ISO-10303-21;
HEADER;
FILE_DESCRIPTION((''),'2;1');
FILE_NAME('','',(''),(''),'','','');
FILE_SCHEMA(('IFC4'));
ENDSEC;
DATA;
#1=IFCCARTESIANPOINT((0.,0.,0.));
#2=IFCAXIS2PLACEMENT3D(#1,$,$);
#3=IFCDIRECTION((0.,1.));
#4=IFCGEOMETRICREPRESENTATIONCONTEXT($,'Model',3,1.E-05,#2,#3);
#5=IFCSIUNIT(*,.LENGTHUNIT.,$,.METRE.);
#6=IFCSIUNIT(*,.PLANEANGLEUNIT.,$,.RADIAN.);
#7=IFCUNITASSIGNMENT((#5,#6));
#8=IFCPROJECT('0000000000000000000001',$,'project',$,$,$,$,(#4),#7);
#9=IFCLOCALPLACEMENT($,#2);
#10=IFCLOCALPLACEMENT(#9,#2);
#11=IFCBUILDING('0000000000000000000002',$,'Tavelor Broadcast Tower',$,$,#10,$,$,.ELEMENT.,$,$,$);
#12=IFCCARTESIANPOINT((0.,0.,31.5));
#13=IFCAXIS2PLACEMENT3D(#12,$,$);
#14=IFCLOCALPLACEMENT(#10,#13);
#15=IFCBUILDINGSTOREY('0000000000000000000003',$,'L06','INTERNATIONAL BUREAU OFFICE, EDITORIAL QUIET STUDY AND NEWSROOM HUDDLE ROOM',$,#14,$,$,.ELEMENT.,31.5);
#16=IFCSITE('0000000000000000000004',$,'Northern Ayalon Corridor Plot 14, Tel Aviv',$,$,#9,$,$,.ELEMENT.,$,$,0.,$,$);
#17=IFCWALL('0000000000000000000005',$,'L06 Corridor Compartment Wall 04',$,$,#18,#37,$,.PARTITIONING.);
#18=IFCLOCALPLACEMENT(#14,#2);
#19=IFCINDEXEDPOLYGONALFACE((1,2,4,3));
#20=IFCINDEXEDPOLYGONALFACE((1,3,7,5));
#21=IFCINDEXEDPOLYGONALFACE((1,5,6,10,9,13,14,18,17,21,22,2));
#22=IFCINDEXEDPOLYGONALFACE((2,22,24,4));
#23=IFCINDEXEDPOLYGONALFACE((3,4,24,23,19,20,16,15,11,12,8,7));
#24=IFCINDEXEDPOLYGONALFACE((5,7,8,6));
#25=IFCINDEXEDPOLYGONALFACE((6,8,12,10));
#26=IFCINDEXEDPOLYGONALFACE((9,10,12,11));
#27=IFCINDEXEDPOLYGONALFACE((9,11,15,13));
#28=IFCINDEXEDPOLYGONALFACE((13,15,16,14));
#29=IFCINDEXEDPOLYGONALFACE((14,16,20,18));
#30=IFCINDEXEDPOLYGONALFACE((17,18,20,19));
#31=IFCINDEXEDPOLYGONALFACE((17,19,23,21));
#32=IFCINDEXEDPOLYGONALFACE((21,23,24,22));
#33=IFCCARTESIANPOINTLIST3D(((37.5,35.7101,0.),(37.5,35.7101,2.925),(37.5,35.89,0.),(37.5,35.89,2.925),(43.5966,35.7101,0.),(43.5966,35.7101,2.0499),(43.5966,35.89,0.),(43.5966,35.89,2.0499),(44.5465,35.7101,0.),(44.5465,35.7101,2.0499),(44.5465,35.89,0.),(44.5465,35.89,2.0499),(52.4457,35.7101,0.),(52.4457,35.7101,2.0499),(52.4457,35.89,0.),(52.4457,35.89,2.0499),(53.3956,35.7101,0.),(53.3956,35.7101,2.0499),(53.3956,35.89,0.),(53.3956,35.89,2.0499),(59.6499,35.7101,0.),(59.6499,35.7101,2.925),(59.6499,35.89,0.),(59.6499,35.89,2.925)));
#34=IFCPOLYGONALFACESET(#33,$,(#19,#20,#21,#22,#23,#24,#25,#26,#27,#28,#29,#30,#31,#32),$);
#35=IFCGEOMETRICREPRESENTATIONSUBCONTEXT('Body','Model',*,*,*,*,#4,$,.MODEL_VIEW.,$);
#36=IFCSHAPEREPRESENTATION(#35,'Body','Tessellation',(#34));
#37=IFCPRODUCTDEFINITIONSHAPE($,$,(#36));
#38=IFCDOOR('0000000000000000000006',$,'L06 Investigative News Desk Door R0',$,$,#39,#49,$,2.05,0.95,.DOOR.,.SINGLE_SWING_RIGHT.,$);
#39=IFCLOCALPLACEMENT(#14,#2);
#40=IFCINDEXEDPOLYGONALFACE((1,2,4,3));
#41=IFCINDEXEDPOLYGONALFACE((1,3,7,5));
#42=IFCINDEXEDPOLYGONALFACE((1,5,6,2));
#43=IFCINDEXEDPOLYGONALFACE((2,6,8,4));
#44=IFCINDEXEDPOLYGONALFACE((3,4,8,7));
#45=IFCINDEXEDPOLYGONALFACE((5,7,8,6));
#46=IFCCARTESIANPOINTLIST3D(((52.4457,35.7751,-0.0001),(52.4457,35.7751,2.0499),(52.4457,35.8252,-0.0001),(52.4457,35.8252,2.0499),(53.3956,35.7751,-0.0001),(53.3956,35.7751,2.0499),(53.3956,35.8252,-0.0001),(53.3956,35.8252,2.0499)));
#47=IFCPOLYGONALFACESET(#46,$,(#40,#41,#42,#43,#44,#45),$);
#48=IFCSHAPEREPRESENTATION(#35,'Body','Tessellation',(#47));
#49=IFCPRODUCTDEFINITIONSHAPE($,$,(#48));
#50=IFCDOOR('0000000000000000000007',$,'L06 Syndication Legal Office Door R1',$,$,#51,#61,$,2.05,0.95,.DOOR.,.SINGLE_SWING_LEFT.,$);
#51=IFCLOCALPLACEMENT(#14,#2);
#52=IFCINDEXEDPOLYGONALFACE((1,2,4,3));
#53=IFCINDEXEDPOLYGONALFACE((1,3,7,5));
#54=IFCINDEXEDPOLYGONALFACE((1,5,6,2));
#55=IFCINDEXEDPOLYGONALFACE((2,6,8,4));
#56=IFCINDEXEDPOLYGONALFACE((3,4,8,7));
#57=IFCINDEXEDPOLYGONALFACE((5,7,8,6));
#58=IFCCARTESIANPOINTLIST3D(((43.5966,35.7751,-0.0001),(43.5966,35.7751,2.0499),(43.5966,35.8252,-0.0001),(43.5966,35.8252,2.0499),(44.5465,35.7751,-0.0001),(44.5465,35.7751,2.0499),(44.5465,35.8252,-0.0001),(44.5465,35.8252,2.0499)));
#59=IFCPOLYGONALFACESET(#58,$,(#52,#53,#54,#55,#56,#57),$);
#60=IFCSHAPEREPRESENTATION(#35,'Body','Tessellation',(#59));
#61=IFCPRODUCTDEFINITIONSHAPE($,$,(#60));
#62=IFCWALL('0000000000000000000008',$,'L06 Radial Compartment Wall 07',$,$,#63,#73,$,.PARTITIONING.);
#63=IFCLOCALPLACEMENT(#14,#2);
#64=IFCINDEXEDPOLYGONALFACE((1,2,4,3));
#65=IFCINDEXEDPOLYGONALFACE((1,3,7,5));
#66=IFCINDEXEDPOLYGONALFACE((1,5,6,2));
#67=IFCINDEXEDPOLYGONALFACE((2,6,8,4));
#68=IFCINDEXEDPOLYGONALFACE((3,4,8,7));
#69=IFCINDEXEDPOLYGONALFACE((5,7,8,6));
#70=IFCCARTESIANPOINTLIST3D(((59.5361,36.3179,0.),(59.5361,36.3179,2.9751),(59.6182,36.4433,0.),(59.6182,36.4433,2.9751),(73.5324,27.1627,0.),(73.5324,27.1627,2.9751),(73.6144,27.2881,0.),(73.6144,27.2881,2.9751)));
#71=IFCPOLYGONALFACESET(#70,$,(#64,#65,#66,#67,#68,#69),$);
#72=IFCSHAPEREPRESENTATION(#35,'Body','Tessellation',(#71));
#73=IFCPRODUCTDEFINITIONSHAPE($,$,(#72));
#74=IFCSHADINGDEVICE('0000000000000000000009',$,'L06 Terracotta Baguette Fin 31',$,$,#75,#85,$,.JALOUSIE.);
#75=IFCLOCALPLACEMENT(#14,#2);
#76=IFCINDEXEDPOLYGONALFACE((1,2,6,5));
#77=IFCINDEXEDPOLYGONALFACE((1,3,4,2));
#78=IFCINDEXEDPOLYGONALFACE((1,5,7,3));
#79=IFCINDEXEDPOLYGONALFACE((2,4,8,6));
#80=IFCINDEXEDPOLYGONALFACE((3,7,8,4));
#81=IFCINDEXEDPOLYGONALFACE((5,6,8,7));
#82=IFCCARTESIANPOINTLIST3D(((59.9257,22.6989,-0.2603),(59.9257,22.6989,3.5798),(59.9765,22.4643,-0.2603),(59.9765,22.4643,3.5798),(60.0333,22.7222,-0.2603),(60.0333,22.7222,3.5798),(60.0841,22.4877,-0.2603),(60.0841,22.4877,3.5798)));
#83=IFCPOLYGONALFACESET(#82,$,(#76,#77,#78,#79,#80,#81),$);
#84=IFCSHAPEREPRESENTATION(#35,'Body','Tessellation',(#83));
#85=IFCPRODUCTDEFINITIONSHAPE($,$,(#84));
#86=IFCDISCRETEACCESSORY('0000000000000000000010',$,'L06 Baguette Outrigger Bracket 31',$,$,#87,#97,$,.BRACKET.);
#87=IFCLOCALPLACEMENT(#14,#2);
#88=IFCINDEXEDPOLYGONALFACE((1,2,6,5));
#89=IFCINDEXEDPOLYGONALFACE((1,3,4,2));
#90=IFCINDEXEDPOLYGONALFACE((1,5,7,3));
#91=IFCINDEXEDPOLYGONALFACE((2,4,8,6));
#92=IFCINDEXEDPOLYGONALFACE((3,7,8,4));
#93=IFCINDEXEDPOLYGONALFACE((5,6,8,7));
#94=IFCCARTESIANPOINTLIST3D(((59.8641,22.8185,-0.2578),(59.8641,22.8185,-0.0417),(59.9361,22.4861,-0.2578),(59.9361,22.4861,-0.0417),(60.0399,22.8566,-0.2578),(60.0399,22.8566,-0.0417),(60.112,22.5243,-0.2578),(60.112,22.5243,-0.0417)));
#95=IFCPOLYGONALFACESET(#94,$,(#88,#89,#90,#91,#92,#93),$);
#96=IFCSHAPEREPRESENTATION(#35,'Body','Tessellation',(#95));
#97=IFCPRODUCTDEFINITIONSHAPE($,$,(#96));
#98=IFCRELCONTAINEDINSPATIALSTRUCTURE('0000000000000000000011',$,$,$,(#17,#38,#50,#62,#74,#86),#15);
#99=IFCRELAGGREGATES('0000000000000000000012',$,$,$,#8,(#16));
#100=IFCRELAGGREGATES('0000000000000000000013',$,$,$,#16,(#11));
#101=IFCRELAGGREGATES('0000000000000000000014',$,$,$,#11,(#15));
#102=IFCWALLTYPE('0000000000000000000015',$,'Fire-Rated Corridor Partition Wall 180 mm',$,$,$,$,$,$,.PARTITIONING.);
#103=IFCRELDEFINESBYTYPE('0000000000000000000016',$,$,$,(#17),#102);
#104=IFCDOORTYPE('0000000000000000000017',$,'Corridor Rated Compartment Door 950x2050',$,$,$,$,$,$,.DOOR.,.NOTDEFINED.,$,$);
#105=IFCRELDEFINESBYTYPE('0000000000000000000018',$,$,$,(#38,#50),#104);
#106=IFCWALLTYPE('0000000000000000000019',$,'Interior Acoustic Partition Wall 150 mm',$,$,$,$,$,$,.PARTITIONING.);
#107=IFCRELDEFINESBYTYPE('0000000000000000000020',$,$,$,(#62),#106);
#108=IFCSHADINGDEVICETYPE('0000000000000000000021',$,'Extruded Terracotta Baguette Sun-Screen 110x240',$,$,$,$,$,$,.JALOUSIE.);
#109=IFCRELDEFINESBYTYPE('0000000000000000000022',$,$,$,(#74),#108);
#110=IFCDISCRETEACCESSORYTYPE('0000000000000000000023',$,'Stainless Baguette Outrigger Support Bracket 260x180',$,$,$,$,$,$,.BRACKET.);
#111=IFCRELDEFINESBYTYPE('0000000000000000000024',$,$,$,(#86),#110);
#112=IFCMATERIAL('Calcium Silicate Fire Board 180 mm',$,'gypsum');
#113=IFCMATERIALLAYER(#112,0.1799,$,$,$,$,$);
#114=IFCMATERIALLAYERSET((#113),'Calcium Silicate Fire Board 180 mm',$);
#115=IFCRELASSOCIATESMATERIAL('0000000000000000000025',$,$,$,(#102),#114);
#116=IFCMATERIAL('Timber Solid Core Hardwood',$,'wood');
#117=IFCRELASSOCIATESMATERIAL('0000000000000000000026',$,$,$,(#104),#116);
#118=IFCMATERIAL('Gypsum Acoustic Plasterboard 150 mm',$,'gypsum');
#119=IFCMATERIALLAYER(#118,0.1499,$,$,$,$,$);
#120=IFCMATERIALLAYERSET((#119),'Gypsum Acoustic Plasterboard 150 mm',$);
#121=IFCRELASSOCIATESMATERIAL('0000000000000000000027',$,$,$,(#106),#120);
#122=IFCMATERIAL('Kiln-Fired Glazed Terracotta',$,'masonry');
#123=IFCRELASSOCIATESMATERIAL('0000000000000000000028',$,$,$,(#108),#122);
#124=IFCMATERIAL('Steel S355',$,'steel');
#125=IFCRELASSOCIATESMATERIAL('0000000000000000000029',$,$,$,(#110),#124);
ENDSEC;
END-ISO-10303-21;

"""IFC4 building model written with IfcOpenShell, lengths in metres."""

from ifc_helpers import new_model, si_unit, direction, frame, frame_2d, origin, origin_2d, place, context, subcontext, project, spatial, rectangle, extrude, source, transform, mapped, material, layer, layer_set, type_object, type_shapes, element, fill, save


model = new_model("IFC4")

# Units and contexts
model_context = context("Model", 3, precision=1e-05, world=origin(), true_north=direction((0.0, 1.0)))
body_context = subcontext(model_context, "Body", "Model", "MODEL_VIEW")
ifc_project = project(units=[si_unit("LENGTHUNIT", "METRE"), si_unit("PLANEANGLEUNIT", "RADIAN")], contexts=[model_context])

# Site, building, storey
site_placement = place(None, origin())
site = spatial("IfcSite", under=ifc_project, at=site_placement, Name="Northern Ayalon Corridor Plot 14, Tel Aviv", CompositionType="ELEMENT", RefElevation=0.0)
building_placement = place(site_placement, origin())
building = spatial("IfcBuilding", under=site, at=building_placement, Name="Tavelor Broadcast Tower", CompositionType="ELEMENT")
storey_placement = place(building_placement, frame((0.0, 0.0, 31.5)))
storey = spatial("IfcBuildingStorey", under=building, at=storey_placement, Name="L06", Description="INTERNATIONAL BUREAU OFFICE, EDITORIAL QUIET STUDY AND NEWSROOM HUDDLE ROOM", CompositionType="ELEMENT", Elevation=31.5)

# Shared definitions
ifc_material_1 = material(Name="Steel S355", Category="steel")

# Wall, openings, doors
ifc_material_2 = material(Name="Calcium Silicate Fire Board 180 mm", Category="gypsum")
ifc_layer_1 = layer(ifc_material_2, 0.1799)
ifc_layer_set_1 = layer_set([ifc_layer_1], Name="Calcium Silicate Fire Board 180 mm")
wall_type_1 = type_object("IfcWallType", Name="Fire-Rated Corridor Partition Wall 180 mm", PredefinedType="PARTITIONING", material=ifc_layer_set_1)
wall_1_placement = place(storey_placement, frame((59.6499, 35.8, 0.0), z_axis=(0.0, 0.0, 1.0), x_axis=(-1.0, 0.0, 0.0)))
wall_1 = element("IfcWall", 1, at=wall_1_placement, inside=storey, type_object=wall_type_1, Name="L06 Corridor Compartment Wall 04", PredefinedType="PARTITIONING", context=body_context, shape_type="SweptSolid", body=[
    extrude(rectangle(XDim=22.1499, YDim=0.1799, at=frame_2d((11.075, 0.0))), origin(), (0.0, 0.0, 1.0), 2.925),
])
opening_1_placement = place(wall_1_placement, frame((6.2542, 0.0, 0.0)))
opening_1 = element("IfcOpeningElement", 2, at=opening_1_placement, cuts=wall_1, PredefinedType="OPENING", context=body_context, shape_type="SweptSolid", body=[
    extrude(rectangle(XDim=0.95, YDim=2.05, at=frame_2d((0.4751, 1.0249))), frame((0.0, 0.1001, 0.0), z_axis=(0.0, -1.0, 0.0), x_axis=(1.0, 0.0, 0.0)), (0.0, 0.0, 1.0), 0.2),
])
opening_2_placement = place(wall_1_placement, frame((15.1033, 0.0, 0.0)))
opening_2 = element("IfcOpeningElement", 3, at=opening_2_placement, cuts=wall_1, PredefinedType="OPENING", context=body_context, shape_type="SweptSolid", body=[
    extrude(rectangle(XDim=0.95, YDim=2.05, at=frame_2d((0.4751, 1.0249))), frame((0.0, 0.1001, 0.0), z_axis=(0.0, -1.0, 0.0), x_axis=(1.0, 0.0, 0.0)), (0.0, 0.0, 1.0), 0.2),
])
ifc_material_3 = material(Name="Timber Solid Core Hardwood", Category="wood")
door_type_1 = type_object("IfcDoorType", Name="Corridor Rated Compartment Door 950x2050", OperationType="NOTDEFINED", PredefinedType="DOOR", material=ifc_material_3)
door_1_placement = place(opening_1_placement, origin())
door_1 = element("IfcDoor", 4, at=door_1_placement, inside=storey, type_object=door_type_1, Name="L06 Investigative News Desk Door R0", OperationType="SINGLE_SWING_RIGHT", OverallHeight=2.05, OverallWidth=0.95, PredefinedType="DOOR", context=body_context, shape_type="SweptSolid", body=[
    extrude(rectangle(XDim=0.95, YDim=2.05, at=frame_2d((0.4751, 1.0249))), frame((0.0, 0.0249, 0.0), z_axis=(0.0, -1.0, 0.0), x_axis=(1.0, 0.0, 0.0)), (0.0, 0.0, 1.0), 0.05),
])
fill(opening_1, door_1)
door_2_placement = place(opening_2_placement, origin())
door_2 = element("IfcDoor", 5, at=door_2_placement, inside=storey, type_object=door_type_1, Name="L06 Syndication Legal Office Door R1", OperationType="SINGLE_SWING_LEFT", OverallHeight=2.05, OverallWidth=0.95, PredefinedType="DOOR", context=body_context, shape_type="SweptSolid", body=[
    extrude(rectangle(XDim=0.95, YDim=2.05, at=frame_2d((0.4751, 1.0249))), frame((0.0, 0.0249, 0.0), z_axis=(0.0, -1.0, 0.0), x_axis=(1.0, 0.0, 0.0)), (0.0, 0.0, 1.0), 0.05),
])
fill(opening_2, door_2)

# Wall
ifc_material_4 = material(Name="Gypsum Acoustic Plasterboard 150 mm", Category="gypsum")
ifc_layer_2 = layer(ifc_material_4, 0.1499)
ifc_layer_set_2 = layer_set([ifc_layer_2], Name="Gypsum Acoustic Plasterboard 150 mm")
wall_type_2 = type_object("IfcWallType", Name="Interior Acoustic Partition Wall 150 mm", PredefinedType="PARTITIONING", material=ifc_layer_set_2)
wall_2_placement = place(storey_placement, frame((59.5771, 36.3806, 0.0), z_axis=(0.0, 0.0, 1.0), x_axis=(0.836865, -0.547409, 0.0)))
element("IfcWall", 6, at=wall_2_placement, inside=storey, type_object=wall_type_2, Name="L06 Radial Compartment Wall 07", PredefinedType="PARTITIONING", context=body_context, shape_type="SweptSolid", body=[
    extrude(rectangle(XDim=16.7246, YDim=0.1499, at=frame_2d((8.3623, 0.0))), origin(), (0.0, 0.0, 1.0), 2.9751),
])

# Shading device
ifc_material_5 = material(Name="Kiln-Fired Glazed Terracotta", Category="masonry")
shading_device_type = type_object("IfcShadingDeviceType", Name="Extruded Terracotta Baguette Sun-Screen 110x240", PredefinedType="JALOUSIE", material=ifc_material_5)
shared_shape_1 = source(origin(), body_context, "Body", "SweptSolid", [
    extrude(rectangle(XDim=0.1101, YDim=0.24, at=origin_2d()), origin(), (0.0, 0.0, 1.0), 3.8401),
])
type_shapes(shading_device_type, [shared_shape_1])
shading_device_placement = place(storey_placement, frame((60.0049, 22.5933, -0.2603), z_axis=(0.0, 0.0, 1.0), x_axis=(0.977305, 0.211837, 0.0)))
element("IfcShadingDevice", 7, at=shading_device_placement, inside=storey, type_object=shading_device_type, Name="L06 Terracotta Baguette Fin 31", PredefinedType="JALOUSIE", context=body_context, shape_type="MappedRepresentation", body=[
    mapped(shared_shape_1, transform((0.0, 0.0, 0.0), scale=1.0)),
])

# Discrete accessory
discrete_accessory_type = type_object("IfcDiscreteAccessoryType", Name="Stainless Baguette Outrigger Support Bracket 260x180", PredefinedType="BRACKET", material=ifc_material_1)
shared_shape_2 = source(origin(), body_context, "Body", "SweptSolid", [
    extrude(rectangle(XDim=0.1799, YDim=0.3401, at=origin_2d()), origin(), (0.0, 0.0, 1.0), 0.2161),
])
type_shapes(discrete_accessory_type, [shared_shape_2])
discrete_accessory_placement = place(storey_placement, frame((59.988, 22.6714, -0.2578), z_axis=(0.0, 0.0, 1.0), x_axis=(0.977305, 0.211837, 0.0)))
element("IfcDiscreteAccessory", 8, at=discrete_accessory_placement, inside=storey, type_object=discrete_accessory_type, Name="L06 Baguette Outrigger Bracket 31", PredefinedType="BRACKET", context=body_context, shape_type="MappedRepresentation", body=[
    mapped(shared_shape_2, transform((0.0, 0.0, 0.0), scale=1.0)),
])

save(model, "model.ifc")
